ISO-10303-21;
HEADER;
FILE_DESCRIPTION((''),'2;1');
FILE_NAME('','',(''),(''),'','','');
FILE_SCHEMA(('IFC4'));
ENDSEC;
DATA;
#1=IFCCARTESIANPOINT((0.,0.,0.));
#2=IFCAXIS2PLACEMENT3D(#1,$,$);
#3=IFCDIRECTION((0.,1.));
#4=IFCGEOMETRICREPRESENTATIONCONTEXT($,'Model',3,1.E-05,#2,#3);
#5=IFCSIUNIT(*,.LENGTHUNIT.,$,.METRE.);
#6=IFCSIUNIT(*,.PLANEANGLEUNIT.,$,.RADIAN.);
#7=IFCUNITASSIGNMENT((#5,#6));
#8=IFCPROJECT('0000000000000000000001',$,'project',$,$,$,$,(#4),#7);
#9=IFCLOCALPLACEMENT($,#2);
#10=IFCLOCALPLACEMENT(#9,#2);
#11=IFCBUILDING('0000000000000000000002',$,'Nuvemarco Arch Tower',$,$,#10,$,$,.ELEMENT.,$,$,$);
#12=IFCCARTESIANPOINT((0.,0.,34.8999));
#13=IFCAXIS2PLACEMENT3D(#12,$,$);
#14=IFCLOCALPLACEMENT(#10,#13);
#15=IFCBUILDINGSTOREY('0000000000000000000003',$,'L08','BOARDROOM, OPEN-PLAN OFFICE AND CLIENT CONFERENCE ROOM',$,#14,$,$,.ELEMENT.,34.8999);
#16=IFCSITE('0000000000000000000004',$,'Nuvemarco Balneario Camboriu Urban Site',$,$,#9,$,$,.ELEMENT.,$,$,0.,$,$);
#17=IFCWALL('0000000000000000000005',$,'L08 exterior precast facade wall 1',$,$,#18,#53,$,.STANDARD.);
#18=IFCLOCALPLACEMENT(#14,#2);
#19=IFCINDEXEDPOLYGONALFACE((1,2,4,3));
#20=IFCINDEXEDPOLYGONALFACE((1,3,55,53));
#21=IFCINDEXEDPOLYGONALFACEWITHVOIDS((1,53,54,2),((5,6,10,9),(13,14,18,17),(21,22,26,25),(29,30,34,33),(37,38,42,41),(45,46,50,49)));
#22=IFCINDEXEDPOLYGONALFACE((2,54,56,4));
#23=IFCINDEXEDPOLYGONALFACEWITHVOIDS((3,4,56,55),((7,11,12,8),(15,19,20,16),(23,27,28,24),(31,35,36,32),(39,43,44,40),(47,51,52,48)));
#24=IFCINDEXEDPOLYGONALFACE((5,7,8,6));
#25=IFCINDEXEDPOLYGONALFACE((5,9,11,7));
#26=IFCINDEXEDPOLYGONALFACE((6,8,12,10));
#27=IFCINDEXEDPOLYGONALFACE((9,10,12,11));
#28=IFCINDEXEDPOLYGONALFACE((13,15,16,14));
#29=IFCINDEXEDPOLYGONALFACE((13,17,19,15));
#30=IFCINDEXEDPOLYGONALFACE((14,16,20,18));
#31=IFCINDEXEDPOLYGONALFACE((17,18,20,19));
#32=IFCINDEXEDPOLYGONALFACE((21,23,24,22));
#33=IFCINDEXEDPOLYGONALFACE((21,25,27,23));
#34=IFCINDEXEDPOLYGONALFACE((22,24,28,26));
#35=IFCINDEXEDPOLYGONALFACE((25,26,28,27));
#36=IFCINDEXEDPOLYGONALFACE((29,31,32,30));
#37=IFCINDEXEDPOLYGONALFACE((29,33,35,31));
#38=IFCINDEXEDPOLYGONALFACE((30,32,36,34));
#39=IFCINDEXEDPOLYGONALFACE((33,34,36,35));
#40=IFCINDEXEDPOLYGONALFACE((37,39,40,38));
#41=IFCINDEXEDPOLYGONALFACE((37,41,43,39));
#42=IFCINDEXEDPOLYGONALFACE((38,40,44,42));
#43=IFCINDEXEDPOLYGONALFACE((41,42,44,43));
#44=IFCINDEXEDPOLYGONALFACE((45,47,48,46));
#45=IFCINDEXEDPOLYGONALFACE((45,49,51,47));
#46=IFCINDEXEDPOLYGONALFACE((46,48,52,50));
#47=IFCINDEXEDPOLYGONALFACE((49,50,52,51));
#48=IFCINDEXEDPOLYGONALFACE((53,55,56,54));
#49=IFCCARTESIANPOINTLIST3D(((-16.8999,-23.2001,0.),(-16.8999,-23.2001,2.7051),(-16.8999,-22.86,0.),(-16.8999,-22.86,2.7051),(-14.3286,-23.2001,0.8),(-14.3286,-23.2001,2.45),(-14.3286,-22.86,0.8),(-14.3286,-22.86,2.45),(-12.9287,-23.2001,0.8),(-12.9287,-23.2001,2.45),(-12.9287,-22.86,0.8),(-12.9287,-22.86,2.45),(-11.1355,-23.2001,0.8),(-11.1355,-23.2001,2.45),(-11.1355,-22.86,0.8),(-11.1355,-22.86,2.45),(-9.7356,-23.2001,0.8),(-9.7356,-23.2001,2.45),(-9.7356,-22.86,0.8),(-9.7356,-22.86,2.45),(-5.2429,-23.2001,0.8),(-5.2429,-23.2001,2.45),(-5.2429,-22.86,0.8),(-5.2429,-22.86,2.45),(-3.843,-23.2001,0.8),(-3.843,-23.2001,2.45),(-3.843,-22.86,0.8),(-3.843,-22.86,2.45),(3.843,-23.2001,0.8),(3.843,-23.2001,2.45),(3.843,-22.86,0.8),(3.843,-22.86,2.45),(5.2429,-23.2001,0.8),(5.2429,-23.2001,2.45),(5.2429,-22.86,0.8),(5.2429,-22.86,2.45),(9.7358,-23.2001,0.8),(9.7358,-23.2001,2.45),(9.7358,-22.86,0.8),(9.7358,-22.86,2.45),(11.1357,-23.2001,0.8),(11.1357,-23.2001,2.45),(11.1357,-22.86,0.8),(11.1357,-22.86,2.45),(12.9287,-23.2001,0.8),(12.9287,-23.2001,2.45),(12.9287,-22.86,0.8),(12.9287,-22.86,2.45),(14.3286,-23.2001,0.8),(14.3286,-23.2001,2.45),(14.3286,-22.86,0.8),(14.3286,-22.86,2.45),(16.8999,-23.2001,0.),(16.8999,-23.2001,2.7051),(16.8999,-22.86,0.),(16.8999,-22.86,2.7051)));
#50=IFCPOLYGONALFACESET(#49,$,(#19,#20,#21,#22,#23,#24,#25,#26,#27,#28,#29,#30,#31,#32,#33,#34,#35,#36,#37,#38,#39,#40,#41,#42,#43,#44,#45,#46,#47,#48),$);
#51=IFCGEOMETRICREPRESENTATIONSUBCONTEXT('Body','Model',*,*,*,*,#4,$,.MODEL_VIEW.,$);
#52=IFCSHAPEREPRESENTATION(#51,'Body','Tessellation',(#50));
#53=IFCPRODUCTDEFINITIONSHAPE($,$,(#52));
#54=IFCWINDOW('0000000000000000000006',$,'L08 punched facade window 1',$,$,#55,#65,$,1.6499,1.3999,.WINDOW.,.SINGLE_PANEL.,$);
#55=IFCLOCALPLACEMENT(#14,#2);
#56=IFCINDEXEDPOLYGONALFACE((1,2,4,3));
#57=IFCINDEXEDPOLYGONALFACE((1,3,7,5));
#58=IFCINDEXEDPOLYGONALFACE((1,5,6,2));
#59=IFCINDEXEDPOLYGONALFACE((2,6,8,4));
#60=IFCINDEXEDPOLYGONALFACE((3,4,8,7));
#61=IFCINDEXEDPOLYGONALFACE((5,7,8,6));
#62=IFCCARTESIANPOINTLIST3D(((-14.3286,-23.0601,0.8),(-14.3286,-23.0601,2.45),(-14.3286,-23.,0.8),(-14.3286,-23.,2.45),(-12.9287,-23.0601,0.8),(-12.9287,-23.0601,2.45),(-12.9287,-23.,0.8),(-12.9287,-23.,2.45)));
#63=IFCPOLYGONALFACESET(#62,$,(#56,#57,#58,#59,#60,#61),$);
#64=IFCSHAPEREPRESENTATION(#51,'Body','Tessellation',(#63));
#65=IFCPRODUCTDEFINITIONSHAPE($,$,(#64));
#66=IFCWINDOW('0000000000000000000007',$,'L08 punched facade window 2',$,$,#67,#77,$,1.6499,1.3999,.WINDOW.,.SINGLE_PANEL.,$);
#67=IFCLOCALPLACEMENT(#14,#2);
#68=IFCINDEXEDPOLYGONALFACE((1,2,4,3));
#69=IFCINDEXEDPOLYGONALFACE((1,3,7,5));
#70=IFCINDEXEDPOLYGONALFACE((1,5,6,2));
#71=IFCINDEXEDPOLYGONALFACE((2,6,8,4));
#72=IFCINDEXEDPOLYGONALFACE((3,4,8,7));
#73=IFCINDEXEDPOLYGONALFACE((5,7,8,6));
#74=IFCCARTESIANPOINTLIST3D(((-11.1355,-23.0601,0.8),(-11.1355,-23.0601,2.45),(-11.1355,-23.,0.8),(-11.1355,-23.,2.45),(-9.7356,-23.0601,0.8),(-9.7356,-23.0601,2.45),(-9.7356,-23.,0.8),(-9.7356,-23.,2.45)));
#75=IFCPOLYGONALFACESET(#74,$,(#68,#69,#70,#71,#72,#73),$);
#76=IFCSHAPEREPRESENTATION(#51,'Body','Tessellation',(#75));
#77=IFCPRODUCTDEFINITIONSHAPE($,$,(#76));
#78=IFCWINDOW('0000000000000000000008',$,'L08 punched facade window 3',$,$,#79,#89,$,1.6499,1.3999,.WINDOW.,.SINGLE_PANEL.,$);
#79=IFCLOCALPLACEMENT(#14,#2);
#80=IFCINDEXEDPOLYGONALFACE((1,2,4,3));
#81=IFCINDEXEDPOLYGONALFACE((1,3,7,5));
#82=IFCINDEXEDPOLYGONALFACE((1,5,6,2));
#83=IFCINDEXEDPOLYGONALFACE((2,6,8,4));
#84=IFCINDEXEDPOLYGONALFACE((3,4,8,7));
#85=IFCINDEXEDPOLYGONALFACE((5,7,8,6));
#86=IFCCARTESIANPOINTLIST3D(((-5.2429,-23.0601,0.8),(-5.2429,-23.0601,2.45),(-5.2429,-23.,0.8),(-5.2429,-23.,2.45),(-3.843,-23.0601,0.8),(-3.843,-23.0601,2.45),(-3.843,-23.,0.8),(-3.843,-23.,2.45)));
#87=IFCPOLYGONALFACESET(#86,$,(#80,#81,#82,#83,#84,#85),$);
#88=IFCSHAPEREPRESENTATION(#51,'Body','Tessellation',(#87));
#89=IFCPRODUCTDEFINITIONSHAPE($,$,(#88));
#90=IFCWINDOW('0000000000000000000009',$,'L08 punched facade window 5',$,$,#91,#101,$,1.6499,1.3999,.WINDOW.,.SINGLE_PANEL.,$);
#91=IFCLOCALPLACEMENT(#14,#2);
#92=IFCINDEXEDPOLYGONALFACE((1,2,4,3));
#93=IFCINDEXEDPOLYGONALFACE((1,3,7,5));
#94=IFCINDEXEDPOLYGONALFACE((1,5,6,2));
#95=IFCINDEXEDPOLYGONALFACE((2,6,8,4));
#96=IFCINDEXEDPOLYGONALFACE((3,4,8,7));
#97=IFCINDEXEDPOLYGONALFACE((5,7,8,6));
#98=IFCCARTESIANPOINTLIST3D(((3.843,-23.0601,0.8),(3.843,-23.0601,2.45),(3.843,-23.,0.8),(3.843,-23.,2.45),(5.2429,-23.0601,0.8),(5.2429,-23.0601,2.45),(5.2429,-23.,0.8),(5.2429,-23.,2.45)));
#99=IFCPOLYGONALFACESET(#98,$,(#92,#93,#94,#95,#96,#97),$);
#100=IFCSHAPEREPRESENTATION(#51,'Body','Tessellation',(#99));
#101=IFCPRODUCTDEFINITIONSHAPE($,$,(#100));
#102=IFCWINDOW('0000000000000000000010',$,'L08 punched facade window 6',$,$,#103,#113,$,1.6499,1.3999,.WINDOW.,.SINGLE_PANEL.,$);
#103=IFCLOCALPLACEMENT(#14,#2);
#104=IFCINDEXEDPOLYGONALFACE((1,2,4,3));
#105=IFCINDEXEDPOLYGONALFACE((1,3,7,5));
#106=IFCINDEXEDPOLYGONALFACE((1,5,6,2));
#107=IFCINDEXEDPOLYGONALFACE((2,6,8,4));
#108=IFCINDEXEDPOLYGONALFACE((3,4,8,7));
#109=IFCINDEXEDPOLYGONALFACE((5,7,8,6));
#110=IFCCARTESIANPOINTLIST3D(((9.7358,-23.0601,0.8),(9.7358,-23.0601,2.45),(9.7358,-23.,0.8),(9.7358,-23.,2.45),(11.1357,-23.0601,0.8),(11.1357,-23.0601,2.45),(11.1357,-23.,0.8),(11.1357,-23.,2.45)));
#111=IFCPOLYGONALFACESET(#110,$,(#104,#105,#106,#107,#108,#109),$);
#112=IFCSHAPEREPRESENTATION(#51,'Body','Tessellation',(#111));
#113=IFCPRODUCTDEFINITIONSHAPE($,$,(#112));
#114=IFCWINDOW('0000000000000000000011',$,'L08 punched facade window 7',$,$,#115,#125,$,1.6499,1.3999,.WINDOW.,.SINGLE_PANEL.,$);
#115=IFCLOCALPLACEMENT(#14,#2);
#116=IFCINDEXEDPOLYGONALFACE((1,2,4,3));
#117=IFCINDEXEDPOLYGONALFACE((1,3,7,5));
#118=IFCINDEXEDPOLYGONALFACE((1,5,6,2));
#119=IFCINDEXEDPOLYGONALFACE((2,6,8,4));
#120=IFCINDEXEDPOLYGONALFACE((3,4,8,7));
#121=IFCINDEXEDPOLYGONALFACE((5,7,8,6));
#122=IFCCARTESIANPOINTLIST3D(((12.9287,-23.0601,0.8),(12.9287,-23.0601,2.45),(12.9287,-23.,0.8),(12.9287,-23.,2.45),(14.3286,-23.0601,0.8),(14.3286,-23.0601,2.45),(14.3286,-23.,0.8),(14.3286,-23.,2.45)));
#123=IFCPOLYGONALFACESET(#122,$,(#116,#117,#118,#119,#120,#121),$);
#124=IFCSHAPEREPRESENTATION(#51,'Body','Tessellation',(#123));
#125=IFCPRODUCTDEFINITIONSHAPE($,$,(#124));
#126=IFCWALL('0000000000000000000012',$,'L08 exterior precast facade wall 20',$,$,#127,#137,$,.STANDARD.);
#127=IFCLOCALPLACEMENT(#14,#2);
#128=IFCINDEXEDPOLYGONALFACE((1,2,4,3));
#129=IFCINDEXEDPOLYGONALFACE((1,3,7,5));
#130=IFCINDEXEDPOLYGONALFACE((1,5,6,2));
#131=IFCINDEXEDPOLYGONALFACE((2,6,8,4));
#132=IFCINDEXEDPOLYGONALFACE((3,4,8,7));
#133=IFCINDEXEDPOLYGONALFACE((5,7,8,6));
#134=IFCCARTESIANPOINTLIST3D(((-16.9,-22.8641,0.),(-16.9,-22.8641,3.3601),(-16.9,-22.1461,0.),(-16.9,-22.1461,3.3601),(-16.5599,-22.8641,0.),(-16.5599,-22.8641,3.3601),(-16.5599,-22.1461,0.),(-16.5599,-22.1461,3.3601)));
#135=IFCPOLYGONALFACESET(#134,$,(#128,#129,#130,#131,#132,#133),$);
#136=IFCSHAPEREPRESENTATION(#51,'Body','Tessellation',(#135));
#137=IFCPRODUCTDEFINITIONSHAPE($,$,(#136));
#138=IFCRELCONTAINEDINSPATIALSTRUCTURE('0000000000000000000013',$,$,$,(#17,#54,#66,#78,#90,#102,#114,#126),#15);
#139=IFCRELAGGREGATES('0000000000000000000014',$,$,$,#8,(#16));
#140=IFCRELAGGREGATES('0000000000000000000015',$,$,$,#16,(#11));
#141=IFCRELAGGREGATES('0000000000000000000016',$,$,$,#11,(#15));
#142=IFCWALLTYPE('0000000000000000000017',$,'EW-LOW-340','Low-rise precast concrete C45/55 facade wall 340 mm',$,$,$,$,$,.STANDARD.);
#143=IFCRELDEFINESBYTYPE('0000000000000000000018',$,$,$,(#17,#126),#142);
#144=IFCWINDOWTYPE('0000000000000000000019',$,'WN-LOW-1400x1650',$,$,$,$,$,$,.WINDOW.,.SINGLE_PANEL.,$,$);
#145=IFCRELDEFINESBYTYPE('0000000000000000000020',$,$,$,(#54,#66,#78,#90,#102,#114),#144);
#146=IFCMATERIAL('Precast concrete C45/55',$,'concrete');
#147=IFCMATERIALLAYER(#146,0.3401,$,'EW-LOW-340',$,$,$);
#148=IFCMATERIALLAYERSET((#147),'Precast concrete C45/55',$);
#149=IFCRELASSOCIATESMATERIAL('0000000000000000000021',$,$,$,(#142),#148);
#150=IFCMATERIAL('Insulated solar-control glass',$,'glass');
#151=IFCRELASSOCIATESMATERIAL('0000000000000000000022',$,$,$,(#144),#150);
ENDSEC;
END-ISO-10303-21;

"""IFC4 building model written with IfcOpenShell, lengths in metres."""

from ifc_helpers import new_model, si_unit, direction, frame, frame_2d, origin, place, context, subcontext, project, spatial, rectangle, extrude, source, transform, mapped, material, layer, layer_set, type_object, type_shapes, element, fill, save


model = new_model("IFC4")

# Units and contexts
model_context = context("Model", 3, precision=1e-05, world=origin(), true_north=direction((0.0, 1.0)))
body_context = subcontext(model_context, "Body", "Model", "MODEL_VIEW")
ifc_project = project(units=[si_unit("LENGTHUNIT", "METRE"), si_unit("PLANEANGLEUNIT", "RADIAN")], contexts=[model_context])

# Site, building, storey
site_placement = place(None, origin())
site = spatial("IfcSite", under=ifc_project, at=site_placement, Name="Nuvemarco Balneario Camboriu Urban Site", CompositionType="ELEMENT", RefElevation=0.0)
building_placement = place(site_placement, origin())
building = spatial("IfcBuilding", under=site, at=building_placement, Name="Nuvemarco Arch Tower", CompositionType="ELEMENT")
storey_placement = place(building_placement, frame((0.0, 0.0, 34.8999)))
storey = spatial("IfcBuildingStorey", under=building, at=storey_placement, Name="L08", Description="BOARDROOM, OPEN-PLAN OFFICE AND CLIENT CONFERENCE ROOM", CompositionType="ELEMENT", Elevation=34.8999)

# Wall, openings, windows
ifc_material_1 = material(Name="Precast concrete C45/55", Category="concrete")
ifc_layer_1 = layer(ifc_material_1, 0.3401, Name="EW-LOW-340")
ifc_layer_set_1 = layer_set([ifc_layer_1], Name="Precast concrete C45/55")
wall_type_1 = type_object("IfcWallType", Name="EW-LOW-340", Description="Low-rise precast concrete C45/55 facade wall 340 mm", PredefinedType="STANDARD", material=ifc_layer_set_1)
wall_1_placement = place(storey_placement, frame((-16.8999, -23.03, 0.0), z_axis=(0.0, 0.0, 1.0), x_axis=(1.0, 0.0, 0.0)))
wall_1 = element("IfcWall", 1, at=wall_1_placement, inside=storey, type_object=wall_type_1, Name="L08 exterior precast facade wall 1", PredefinedType="STANDARD", context=body_context, shape_type="SweptSolid", body=[
    extrude(rectangle(XDim=33.7998, YDim=0.3401, at=frame_2d((16.8999, 0.0))), origin(), (0.0, 0.0, 1.0), 2.7051),
])
opening_1_placement = place(wall_1_placement, frame((2.5713, 0.0, 0.8)))
opening_1 = element("IfcOpeningElement", 2, at=opening_1_placement, cuts=wall_1, PredefinedType="OPENING", context=body_context, shape_type="SweptSolid", body=[
    extrude(rectangle(XDim=1.3999, YDim=1.6499, at=frame_2d((0.7, 0.825))), frame((0.0, 0.1799, 0.0), z_axis=(0.0, -1.0, 0.0), x_axis=(1.0, 0.0, 0.0)), (0.0, 0.0, 1.0), 0.3601),
])
opening_2_placement = place(wall_1_placement, frame((5.7644, 0.0, 0.8)))
opening_2 = element("IfcOpeningElement", 3, at=opening_2_placement, cuts=wall_1, PredefinedType="OPENING", context=body_context, shape_type="SweptSolid", body=[
    extrude(rectangle(XDim=1.3999, YDim=1.6499, at=frame_2d((0.7, 0.825))), frame((0.0, 0.1799, 0.0), z_axis=(0.0, -1.0, 0.0), x_axis=(1.0, 0.0, 0.0)), (0.0, 0.0, 1.0), 0.3601),
])
opening_3_placement = place(wall_1_placement, frame((11.657, 0.0, 0.8)))
opening_3 = element("IfcOpeningElement", 4, at=opening_3_placement, cuts=wall_1, PredefinedType="OPENING", context=body_context, shape_type="SweptSolid", body=[
    extrude(rectangle(XDim=1.3999, YDim=1.6499, at=frame_2d((0.7, 0.825))), frame((0.0, 0.1799, 0.0), z_axis=(0.0, -1.0, 0.0), x_axis=(1.0, 0.0, 0.0)), (0.0, 0.0, 1.0), 0.3601),
])
opening_4_placement = place(wall_1_placement, frame((20.7429, 0.0, 0.8)))
opening_4 = element("IfcOpeningElement", 5, at=opening_4_placement, cuts=wall_1, PredefinedType="OPENING", context=body_context, shape_type="SweptSolid", body=[
    extrude(rectangle(XDim=1.3999, YDim=1.6499, at=frame_2d((0.7, 0.825))), frame((0.0, 0.1799, 0.0), z_axis=(0.0, -1.0, 0.0), x_axis=(1.0, 0.0, 0.0)), (0.0, 0.0, 1.0), 0.3601),
])
opening_5_placement = place(wall_1_placement, frame((26.6357, 0.0, 0.8)))
opening_5 = element("IfcOpeningElement", 6, at=opening_5_placement, cuts=wall_1, PredefinedType="OPENING", context=body_context, shape_type="SweptSolid", body=[
    extrude(rectangle(XDim=1.3999, YDim=1.6499, at=frame_2d((0.7, 0.825))), frame((0.0, 0.1799, 0.0), z_axis=(0.0, -1.0, 0.0), x_axis=(1.0, 0.0, 0.0)), (0.0, 0.0, 1.0), 0.3601),
])
opening_6_placement = place(wall_1_placement, frame((29.8286, 0.0, 0.8)))
opening_6 = element("IfcOpeningElement", 7, at=opening_6_placement, cuts=wall_1, PredefinedType="OPENING", context=body_context, shape_type="SweptSolid", body=[
    extrude(rectangle(XDim=1.3999, YDim=1.6499, at=frame_2d((0.7, 0.825))), frame((0.0, 0.1799, 0.0), z_axis=(0.0, -1.0, 0.0), x_axis=(1.0, 0.0, 0.0)), (0.0, 0.0, 1.0), 0.3601),
])
ifc_material_2 = material(Name="Insulated solar-control glass", Category="glass")
window_type = type_object("IfcWindowType", Name="WN-LOW-1400x1650", PartitioningType="SINGLE_PANEL", PredefinedType="WINDOW", material=ifc_material_2)
shared_shape_1 = source(origin(), body_context, "Body", "SweptSolid", [
    extrude(rectangle(XDim=1.3999, YDim=1.6499, at=frame_2d((0.7, 0.825))), frame((0.0, 0.03, 0.0), z_axis=(0.0, -1.0, 0.0), x_axis=(1.0, 0.0, 0.0)), (0.0, 0.0, 1.0), 0.0601),
])
type_shapes(window_type, [shared_shape_1])
window_1_placement = place(opening_1_placement, origin())
window_1 = element("IfcWindow", 8, at=window_1_placement, inside=storey, type_object=window_type, Name="L08 punched facade window 1", OverallHeight=1.6499, OverallWidth=1.3999, PartitioningType="SINGLE_PANEL", PredefinedType="WINDOW", context=body_context, shape_type="MappedRepresentation", body=[
    mapped(shared_shape_1, transform((0.0, 0.0, 0.0), scale=1.0)),
])
fill(opening_1, window_1)
window_2_placement = place(opening_2_placement, origin())
window_2 = element("IfcWindow", 9, at=window_2_placement, inside=storey, type_object=window_type, Name="L08 punched facade window 2", OverallHeight=1.6499, OverallWidth=1.3999, PartitioningType="SINGLE_PANEL", PredefinedType="WINDOW", context=body_context, shape_type="MappedRepresentation", body=[
    mapped(shared_shape_1, transform((0.0, 0.0, 0.0), scale=1.0)),
])
fill(opening_2, window_2)
window_3_placement = place(opening_3_placement, origin())
window_3 = element("IfcWindow", 10, at=window_3_placement, inside=storey, type_object=window_type, Name="L08 punched facade window 3", OverallHeight=1.6499, OverallWidth=1.3999, PartitioningType="SINGLE_PANEL", PredefinedType="WINDOW", context=body_context, shape_type="MappedRepresentation", body=[
    mapped(shared_shape_1, transform((0.0, 0.0, 0.0), scale=1.0)),
])
fill(opening_3, window_3)
window_4_placement = place(opening_4_placement, origin())
window_4 = element("IfcWindow", 11, at=window_4_placement, inside=storey, type_object=window_type, Name="L08 punched facade window 5", OverallHeight=1.6499, OverallWidth=1.3999, PartitioningType="SINGLE_PANEL", PredefinedType="WINDOW", context=body_context, shape_type="MappedRepresentation", body=[
    mapped(shared_shape_1, transform((0.0, 0.0, 0.0), scale=1.0)),
])
fill(opening_4, window_4)
window_5_placement = place(opening_5_placement, origin())
window_5 = element("IfcWindow", 12, at=window_5_placement, inside=storey, type_object=window_type, Name="L08 punched facade window 6", OverallHeight=1.6499, OverallWidth=1.3999, PartitioningType="SINGLE_PANEL", PredefinedType="WINDOW", context=body_context, shape_type="MappedRepresentation", body=[
    mapped(shared_shape_1, transform((0.0, 0.0, 0.0), scale=1.0)),
])
fill(opening_5, window_5)
window_6_placement = place(opening_6_placement, origin())
window_6 = element("IfcWindow", 13, at=window_6_placement, inside=storey, type_object=window_type, Name="L08 punched facade window 7", OverallHeight=1.6499, OverallWidth=1.3999, PartitioningType="SINGLE_PANEL", PredefinedType="WINDOW", context=body_context, shape_type="MappedRepresentation", body=[
    mapped(shared_shape_1, transform((0.0, 0.0, 0.0), scale=1.0)),
])
fill(opening_6, window_6)

# Wall
wall_2_placement = place(storey_placement, frame((-16.73, -22.864, 0.0), z_axis=(0.0, 0.0, 1.0), x_axis=(0.0, 1.0, 0.0)))
element("IfcWall", 14, at=wall_2_placement, inside=storey, type_object=wall_type_1, Name="L08 exterior precast facade wall 20", PredefinedType="STANDARD", context=body_context, shape_type="SweptSolid", body=[
    extrude(rectangle(XDim=0.718, YDim=0.3401, at=frame_2d((0.3589, 0.0))), origin(), (0.0, 0.0, 1.0), 3.3601),
])

save(model, "model.ifc")
